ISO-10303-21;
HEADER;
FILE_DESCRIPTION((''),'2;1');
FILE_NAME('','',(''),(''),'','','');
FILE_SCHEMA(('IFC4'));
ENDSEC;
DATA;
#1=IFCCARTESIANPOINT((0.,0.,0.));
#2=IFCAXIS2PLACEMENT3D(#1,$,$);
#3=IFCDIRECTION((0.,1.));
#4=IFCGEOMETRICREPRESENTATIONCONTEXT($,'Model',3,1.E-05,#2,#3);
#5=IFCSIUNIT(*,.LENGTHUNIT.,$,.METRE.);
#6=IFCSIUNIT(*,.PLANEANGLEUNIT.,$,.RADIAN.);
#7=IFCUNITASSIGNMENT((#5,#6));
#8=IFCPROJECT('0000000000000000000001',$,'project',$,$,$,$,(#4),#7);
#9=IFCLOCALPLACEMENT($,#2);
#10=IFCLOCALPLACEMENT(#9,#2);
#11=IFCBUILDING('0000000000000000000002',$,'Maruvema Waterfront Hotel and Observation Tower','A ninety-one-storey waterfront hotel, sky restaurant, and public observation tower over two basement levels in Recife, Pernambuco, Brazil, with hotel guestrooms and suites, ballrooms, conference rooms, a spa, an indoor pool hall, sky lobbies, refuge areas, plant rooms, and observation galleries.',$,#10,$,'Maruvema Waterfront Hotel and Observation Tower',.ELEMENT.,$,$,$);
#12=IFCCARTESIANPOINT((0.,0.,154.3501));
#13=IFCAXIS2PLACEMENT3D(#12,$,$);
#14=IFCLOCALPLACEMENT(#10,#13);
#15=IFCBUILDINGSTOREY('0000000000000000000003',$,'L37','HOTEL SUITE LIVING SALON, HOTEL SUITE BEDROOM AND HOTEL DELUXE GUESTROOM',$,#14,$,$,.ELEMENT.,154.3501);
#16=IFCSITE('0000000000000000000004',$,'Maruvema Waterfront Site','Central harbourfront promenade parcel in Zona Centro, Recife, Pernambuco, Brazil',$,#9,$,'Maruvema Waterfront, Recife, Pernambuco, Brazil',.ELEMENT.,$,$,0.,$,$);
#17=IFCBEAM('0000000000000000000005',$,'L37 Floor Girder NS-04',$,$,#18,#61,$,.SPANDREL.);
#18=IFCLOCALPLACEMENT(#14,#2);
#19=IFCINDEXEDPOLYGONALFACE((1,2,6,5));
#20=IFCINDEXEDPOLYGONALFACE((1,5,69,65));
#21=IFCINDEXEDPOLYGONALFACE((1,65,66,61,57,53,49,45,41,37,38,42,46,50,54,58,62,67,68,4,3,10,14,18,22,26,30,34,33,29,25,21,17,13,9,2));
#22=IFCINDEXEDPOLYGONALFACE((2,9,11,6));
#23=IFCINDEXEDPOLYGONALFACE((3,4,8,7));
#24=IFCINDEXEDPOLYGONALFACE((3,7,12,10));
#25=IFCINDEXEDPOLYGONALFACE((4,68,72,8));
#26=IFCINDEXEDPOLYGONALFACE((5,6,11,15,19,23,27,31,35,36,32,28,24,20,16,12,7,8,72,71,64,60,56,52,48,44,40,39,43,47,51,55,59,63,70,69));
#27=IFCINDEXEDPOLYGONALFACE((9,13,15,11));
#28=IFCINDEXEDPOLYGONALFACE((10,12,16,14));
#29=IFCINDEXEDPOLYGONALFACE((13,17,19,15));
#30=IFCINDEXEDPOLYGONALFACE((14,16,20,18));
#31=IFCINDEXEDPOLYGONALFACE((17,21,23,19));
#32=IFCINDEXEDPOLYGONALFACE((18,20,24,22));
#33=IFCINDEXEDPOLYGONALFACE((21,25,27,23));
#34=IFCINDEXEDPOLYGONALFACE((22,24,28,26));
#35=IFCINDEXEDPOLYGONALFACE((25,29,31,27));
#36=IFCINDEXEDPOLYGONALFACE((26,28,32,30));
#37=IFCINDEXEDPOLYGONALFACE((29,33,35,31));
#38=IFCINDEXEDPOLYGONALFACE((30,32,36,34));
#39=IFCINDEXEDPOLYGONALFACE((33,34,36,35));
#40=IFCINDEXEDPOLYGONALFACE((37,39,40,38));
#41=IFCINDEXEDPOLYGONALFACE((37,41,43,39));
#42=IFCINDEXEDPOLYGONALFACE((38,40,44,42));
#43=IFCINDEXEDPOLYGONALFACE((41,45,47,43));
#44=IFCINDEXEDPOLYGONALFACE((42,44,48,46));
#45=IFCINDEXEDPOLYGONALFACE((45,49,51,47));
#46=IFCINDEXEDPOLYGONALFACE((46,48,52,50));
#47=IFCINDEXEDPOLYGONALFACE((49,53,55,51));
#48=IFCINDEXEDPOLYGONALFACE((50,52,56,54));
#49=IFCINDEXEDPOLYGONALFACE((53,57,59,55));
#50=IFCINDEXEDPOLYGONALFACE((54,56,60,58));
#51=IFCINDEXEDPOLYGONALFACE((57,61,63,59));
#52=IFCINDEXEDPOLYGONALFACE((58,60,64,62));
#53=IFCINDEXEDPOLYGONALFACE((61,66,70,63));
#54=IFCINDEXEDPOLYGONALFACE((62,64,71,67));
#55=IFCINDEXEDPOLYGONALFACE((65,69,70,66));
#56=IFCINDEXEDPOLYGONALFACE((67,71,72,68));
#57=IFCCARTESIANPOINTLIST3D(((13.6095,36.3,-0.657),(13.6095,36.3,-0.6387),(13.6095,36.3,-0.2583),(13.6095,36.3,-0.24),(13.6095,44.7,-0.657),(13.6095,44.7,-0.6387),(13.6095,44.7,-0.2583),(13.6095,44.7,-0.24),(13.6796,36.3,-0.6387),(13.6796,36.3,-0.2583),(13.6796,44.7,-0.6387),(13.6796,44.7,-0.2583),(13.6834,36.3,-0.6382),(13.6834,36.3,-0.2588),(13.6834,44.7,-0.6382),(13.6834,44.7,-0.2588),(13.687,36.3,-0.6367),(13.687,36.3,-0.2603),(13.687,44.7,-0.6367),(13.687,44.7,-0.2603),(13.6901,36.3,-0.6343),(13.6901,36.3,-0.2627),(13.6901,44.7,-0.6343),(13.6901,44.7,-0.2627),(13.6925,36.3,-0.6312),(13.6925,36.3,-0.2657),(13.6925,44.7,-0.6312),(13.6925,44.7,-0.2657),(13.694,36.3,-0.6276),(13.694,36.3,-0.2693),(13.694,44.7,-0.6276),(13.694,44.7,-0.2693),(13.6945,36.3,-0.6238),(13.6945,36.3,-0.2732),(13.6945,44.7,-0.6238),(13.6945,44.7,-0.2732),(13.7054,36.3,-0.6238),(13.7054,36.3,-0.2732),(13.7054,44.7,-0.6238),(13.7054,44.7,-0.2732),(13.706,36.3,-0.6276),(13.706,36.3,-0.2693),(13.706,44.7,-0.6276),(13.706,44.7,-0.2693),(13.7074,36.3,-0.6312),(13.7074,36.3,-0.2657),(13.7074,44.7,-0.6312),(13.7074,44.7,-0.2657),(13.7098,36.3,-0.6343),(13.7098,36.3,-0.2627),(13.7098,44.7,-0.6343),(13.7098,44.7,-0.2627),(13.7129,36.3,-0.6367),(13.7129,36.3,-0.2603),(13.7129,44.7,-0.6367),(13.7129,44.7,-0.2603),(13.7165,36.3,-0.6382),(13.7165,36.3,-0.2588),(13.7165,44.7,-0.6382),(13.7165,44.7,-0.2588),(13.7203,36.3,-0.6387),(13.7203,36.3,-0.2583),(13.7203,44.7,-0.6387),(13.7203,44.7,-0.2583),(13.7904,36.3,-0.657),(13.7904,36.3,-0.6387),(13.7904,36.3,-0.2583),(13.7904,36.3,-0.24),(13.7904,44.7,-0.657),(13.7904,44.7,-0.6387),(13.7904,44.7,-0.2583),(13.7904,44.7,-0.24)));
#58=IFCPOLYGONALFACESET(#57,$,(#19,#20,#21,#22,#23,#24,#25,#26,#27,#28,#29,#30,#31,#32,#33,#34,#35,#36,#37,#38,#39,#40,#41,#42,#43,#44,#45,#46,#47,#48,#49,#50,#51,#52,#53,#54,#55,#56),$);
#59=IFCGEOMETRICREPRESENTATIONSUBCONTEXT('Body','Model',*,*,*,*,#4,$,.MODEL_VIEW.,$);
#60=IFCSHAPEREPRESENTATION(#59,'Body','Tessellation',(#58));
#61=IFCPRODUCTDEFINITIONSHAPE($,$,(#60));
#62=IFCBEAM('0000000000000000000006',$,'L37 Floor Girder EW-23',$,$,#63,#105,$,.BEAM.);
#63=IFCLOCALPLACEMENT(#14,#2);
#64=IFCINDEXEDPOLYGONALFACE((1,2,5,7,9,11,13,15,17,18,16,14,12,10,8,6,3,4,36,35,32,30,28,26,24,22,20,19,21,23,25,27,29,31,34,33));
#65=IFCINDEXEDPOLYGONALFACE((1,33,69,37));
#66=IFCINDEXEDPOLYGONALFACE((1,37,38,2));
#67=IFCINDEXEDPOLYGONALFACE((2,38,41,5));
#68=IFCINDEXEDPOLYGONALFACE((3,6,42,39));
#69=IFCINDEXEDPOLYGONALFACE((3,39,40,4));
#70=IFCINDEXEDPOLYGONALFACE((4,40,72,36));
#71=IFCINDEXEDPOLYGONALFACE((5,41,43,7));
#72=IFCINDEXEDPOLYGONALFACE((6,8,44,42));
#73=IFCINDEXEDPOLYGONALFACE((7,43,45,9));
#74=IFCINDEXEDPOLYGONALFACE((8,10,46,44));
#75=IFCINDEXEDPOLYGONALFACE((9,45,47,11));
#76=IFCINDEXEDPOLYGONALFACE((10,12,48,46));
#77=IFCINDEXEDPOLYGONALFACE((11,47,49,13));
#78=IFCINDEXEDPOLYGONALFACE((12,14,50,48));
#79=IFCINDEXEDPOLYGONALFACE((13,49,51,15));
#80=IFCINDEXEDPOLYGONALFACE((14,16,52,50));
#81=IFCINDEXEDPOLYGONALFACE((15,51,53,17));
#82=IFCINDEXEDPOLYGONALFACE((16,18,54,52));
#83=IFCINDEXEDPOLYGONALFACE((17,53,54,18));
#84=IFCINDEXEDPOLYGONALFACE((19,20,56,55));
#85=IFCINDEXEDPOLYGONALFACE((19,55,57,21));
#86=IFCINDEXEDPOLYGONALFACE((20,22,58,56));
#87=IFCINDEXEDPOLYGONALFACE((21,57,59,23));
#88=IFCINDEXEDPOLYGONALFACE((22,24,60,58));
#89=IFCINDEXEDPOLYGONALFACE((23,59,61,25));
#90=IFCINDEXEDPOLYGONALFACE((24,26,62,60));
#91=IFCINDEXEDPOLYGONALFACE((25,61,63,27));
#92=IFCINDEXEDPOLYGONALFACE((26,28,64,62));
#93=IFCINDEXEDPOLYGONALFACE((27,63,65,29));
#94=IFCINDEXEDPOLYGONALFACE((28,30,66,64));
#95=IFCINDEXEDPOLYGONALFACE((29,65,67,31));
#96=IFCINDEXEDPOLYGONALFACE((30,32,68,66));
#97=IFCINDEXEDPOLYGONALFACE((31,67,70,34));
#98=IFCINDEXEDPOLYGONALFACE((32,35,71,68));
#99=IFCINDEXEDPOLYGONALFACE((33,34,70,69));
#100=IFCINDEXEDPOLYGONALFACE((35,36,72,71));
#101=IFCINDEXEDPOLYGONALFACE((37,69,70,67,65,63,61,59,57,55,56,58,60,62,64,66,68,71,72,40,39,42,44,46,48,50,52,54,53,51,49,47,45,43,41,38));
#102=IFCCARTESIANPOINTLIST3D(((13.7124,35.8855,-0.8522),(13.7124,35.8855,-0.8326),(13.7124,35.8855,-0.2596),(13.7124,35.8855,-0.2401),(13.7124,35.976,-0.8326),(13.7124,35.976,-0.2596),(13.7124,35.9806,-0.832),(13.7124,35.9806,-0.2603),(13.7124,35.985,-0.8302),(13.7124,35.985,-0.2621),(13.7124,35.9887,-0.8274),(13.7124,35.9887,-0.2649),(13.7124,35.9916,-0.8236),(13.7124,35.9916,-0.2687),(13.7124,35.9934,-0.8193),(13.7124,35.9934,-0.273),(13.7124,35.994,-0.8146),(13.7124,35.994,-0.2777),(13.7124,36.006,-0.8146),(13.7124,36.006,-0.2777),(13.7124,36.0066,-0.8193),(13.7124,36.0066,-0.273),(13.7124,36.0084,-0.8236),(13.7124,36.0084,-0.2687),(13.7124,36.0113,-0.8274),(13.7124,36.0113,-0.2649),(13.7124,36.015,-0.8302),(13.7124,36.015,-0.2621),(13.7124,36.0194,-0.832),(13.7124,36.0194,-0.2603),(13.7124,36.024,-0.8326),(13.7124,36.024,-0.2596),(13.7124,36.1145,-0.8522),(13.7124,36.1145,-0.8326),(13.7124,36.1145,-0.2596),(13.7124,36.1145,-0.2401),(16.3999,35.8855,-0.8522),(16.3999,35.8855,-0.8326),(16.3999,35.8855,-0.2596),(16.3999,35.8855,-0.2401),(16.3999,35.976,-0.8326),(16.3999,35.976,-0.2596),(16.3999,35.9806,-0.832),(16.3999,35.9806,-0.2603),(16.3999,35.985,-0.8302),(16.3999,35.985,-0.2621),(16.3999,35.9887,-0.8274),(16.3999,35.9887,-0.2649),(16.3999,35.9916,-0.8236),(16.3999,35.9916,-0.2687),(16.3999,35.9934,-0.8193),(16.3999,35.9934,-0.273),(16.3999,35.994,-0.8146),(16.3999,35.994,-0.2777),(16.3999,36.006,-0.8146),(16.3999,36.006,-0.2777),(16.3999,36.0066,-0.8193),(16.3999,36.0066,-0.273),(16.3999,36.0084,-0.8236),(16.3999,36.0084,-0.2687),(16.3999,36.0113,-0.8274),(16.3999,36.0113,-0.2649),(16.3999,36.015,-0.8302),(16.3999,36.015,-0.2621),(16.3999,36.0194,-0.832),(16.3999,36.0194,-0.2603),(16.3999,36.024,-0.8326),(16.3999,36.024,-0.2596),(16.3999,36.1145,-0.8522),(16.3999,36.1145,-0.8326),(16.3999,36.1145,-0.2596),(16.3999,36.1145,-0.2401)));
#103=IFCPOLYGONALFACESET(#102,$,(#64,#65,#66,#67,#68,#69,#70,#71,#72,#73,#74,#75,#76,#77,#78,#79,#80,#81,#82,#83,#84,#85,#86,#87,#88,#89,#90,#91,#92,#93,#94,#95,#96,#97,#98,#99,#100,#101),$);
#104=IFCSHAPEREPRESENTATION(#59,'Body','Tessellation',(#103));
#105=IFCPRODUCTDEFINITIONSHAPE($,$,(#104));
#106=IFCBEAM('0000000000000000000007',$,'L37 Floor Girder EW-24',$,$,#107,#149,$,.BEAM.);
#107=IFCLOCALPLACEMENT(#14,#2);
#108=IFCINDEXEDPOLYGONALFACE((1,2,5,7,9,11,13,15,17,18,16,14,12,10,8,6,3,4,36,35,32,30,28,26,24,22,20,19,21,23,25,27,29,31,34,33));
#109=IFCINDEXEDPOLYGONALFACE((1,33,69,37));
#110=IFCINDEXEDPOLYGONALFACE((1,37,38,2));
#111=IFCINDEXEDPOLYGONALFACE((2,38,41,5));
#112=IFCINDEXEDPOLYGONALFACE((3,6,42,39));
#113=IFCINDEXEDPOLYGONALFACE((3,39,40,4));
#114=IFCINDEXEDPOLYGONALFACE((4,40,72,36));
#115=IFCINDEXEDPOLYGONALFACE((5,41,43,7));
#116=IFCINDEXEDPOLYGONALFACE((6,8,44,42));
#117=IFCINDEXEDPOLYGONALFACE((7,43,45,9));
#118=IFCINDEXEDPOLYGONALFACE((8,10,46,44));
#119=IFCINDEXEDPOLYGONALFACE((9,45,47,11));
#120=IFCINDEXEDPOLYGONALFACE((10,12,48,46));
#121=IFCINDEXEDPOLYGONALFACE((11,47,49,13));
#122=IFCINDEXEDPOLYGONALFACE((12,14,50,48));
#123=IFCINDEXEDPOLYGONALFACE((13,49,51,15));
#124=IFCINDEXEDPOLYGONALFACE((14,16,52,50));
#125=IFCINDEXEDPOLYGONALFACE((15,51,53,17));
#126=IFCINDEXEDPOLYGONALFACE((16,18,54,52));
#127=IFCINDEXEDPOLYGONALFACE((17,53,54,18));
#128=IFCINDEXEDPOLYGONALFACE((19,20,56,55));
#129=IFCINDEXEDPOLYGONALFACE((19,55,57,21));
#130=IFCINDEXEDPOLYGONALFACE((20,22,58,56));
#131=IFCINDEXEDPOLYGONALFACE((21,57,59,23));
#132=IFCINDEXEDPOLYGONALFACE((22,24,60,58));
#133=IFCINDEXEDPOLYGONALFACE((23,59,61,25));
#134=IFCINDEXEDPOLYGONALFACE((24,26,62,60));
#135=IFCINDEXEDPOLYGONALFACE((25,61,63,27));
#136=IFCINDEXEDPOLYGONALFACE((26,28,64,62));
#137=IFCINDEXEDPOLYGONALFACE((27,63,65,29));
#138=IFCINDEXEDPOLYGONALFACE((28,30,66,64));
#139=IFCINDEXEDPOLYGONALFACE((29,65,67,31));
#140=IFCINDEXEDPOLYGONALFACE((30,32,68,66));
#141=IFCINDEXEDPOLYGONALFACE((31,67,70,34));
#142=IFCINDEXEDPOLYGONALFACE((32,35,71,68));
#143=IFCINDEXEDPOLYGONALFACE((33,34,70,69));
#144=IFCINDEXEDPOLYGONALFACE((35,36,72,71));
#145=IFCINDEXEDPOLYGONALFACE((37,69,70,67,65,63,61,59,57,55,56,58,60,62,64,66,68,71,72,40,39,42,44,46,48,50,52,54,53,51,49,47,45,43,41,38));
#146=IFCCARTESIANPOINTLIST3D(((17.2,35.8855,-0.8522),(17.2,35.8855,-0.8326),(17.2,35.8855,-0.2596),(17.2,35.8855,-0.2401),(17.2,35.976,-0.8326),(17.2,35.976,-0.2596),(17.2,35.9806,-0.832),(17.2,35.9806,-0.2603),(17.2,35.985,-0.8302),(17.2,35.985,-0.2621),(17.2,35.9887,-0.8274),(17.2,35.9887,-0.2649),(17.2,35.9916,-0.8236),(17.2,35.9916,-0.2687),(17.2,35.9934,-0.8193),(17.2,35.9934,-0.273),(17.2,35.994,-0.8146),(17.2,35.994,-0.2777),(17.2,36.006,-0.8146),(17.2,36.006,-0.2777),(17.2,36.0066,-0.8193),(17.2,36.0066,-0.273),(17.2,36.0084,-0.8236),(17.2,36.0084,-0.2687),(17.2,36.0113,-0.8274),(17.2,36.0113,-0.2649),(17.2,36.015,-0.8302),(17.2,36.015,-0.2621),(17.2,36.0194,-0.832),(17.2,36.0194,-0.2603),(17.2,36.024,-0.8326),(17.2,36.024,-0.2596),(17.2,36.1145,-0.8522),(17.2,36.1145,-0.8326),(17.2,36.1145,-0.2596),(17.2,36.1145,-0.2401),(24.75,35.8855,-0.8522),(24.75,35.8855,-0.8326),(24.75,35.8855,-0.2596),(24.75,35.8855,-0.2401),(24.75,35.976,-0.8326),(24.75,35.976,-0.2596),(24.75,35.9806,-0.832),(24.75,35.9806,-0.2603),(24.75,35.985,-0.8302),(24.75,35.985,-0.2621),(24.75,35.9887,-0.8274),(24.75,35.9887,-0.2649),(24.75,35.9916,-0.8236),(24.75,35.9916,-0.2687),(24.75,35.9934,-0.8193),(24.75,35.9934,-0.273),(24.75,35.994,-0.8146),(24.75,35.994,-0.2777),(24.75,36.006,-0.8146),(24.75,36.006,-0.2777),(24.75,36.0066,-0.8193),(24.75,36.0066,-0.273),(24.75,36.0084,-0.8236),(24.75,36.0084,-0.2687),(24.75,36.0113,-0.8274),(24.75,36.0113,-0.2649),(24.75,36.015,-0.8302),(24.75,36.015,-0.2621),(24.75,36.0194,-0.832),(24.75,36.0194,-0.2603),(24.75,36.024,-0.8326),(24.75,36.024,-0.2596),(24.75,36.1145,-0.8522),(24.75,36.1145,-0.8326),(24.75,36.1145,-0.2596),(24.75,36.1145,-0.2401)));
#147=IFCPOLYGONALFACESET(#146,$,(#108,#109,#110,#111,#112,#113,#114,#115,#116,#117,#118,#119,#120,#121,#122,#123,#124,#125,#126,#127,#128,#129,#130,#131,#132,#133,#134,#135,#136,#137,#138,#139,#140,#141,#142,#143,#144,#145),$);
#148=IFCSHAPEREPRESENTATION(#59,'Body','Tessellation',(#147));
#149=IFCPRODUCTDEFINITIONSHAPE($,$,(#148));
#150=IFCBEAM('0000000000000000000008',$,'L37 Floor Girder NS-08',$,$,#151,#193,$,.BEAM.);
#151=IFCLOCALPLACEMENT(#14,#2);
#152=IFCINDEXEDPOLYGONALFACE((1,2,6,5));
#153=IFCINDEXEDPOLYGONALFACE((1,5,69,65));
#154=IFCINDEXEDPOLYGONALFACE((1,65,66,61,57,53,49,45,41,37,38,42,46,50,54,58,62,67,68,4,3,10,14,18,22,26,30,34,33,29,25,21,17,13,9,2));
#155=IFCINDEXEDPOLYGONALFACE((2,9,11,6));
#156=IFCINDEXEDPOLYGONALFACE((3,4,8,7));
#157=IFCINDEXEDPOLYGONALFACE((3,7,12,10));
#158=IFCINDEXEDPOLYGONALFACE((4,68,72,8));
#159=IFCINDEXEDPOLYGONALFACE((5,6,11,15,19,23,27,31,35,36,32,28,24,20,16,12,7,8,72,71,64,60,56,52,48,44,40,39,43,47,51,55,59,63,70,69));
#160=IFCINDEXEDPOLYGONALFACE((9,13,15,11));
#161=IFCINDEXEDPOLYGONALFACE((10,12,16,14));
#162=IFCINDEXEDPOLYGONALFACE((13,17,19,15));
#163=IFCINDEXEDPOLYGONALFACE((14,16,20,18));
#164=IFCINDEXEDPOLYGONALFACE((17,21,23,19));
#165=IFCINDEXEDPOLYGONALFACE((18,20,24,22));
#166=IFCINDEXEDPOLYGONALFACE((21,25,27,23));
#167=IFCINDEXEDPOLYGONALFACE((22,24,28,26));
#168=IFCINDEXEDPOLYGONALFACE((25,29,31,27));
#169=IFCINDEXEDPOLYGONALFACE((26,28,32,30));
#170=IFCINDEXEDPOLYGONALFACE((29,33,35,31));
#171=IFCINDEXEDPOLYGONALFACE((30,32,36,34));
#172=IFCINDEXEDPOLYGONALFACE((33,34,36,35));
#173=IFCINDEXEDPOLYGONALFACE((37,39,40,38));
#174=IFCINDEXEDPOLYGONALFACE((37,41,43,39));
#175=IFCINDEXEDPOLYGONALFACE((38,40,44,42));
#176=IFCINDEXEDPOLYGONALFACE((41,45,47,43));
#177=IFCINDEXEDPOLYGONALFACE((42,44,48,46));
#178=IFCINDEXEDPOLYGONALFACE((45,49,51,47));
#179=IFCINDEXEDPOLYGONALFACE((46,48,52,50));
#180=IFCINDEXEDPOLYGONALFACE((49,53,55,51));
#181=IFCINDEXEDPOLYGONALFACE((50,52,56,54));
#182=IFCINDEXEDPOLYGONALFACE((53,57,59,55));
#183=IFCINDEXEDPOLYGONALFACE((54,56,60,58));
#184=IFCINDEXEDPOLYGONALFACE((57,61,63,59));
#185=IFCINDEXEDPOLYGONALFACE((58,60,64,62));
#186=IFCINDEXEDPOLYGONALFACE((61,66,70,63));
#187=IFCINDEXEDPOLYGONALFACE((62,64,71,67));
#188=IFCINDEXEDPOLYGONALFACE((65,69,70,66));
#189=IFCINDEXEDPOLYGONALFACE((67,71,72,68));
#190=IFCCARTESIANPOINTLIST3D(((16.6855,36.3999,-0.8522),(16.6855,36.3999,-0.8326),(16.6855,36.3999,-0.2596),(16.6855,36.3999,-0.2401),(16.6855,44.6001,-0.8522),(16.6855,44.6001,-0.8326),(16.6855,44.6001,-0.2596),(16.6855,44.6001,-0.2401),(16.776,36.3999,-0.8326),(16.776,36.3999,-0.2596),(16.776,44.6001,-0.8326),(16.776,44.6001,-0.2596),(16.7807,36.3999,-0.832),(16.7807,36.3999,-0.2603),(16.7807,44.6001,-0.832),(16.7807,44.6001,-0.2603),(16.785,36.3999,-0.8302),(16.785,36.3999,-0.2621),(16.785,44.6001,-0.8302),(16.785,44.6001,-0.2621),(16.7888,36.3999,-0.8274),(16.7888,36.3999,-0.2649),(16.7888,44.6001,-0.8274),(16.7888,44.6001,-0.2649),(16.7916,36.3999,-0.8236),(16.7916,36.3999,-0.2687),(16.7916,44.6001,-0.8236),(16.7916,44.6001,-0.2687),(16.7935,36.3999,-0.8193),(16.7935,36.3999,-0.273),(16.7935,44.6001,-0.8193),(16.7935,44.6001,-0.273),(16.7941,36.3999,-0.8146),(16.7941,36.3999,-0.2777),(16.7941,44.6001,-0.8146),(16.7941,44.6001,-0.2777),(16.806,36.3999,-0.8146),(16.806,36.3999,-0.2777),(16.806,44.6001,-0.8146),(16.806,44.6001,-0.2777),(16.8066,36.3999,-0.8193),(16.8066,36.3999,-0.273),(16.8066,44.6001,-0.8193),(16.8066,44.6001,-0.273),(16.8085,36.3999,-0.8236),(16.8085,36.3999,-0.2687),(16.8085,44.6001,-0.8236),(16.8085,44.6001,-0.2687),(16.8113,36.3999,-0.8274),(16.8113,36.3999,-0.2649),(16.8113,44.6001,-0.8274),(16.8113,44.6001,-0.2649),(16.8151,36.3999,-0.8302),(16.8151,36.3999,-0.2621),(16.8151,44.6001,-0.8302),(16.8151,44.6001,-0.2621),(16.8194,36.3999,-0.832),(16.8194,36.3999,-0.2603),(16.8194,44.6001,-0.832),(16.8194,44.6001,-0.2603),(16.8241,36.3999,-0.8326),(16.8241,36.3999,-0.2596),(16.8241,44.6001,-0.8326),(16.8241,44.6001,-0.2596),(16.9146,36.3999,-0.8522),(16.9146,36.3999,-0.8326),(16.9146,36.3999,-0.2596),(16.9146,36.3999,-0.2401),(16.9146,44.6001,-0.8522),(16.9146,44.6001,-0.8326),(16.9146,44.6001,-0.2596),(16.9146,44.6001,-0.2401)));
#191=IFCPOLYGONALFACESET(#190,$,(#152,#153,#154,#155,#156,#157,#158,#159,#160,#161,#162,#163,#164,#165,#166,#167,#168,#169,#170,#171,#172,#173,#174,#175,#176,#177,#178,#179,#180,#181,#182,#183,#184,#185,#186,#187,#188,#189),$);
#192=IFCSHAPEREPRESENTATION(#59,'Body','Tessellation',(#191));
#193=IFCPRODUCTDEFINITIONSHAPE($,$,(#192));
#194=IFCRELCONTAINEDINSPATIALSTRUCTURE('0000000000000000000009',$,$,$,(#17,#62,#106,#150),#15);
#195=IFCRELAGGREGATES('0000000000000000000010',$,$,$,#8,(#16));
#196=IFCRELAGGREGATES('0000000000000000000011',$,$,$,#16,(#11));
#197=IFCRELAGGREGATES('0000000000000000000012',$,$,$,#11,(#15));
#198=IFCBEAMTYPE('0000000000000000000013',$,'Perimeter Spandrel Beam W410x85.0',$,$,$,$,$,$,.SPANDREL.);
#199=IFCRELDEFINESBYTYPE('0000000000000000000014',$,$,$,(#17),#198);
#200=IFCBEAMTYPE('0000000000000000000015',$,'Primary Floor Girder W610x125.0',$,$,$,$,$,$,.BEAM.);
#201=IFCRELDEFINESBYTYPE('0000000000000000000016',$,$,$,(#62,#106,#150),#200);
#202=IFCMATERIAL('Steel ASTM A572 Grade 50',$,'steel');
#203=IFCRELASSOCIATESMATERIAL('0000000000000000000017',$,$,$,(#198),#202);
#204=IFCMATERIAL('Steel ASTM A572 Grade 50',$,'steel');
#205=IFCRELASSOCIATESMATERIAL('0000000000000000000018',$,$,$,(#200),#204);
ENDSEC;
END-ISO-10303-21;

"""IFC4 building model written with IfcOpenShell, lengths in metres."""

from ifc_helpers import new_model, si_unit, direction, frame, origin, origin_2d, place, context, subcontext, project, spatial, i_section, extrude, material, material_profile, profile_set, type_object, element, save


model = new_model("IFC4")

# Units and contexts
model_context = context("Model", 3, precision=1e-05, world=origin(), true_north=direction((0.0, 1.0)))
body_context = subcontext(model_context, "Body", "Model", "MODEL_VIEW")
ifc_project = project(units=[si_unit("LENGTHUNIT", "METRE"), si_unit("PLANEANGLEUNIT", "RADIAN")], contexts=[model_context])

# Site, building, storey
site_placement = place(None, origin())
site = spatial("IfcSite", under=ifc_project, at=site_placement, Name="Maruvema Waterfront Site", Description="Central harbourfront promenade parcel in Zona Centro, Recife, Pernambuco, Brazil", LongName="Maruvema Waterfront, Recife, Pernambuco, Brazil", CompositionType="ELEMENT", RefElevation=0.0)
building_placement = place(site_placement, origin())
building = spatial("IfcBuilding", under=site, at=building_placement, Name="Maruvema Waterfront Hotel and Observation Tower", Description="A ninety-one-storey waterfront hotel, sky restaurant, and public observation tower over two basement levels in Recife, Pernambuco, Brazil, with hotel guestrooms and suites, ballrooms, conference rooms, a spa, an indoor pool hall, sky lobbies, refuge areas, plant rooms, and observation galleries.", LongName="Maruvema Waterfront Hotel and Observation Tower", CompositionType="ELEMENT")
storey_placement = place(building_placement, frame((0.0, 0.0, 154.3501)))
storey = spatial("IfcBuildingStorey", under=building, at=storey_placement, Name="L37", Description="HOTEL SUITE LIVING SALON, HOTEL SUITE BEDROOM AND HOTEL DELUXE GUESTROOM", CompositionType="ELEMENT", Elevation=154.3501)

# Beams
ifc_material_1 = material(Name="Steel ASTM A572 Grade 50", Category="steel")
ifc_material_profile_1 = material_profile(ifc_material_1, i_section(OverallWidth=0.1809, OverallDepth=0.417, WebThickness=0.011, FlangeThickness=0.0183, FilletRadius=0.0149, at=origin_2d()), Name="W410x85.0")
ifc_profile_set_1 = profile_set([ifc_material_profile_1], Name="Steel ASTM A572 Grade 50")
beam_type_1 = type_object("IfcBeamType", Name="Perimeter Spandrel Beam W410x85.0", PredefinedType="SPANDREL", material=ifc_profile_set_1)
beam_1_placement = place(storey_placement, frame((13.7, 36.3, -0.4485), z_axis=(0.0, 1.0, 0.0), x_axis=(-1.0, 0.0, 0.0)))
element("IfcBeam", 1, at=beam_1_placement, inside=storey, type_object=beam_type_1, Name="L37 Floor Girder NS-04", PredefinedType="SPANDREL", context=body_context, shape_type="SweptSolid", body=[
    extrude(i_section(OverallWidth=0.1809, OverallDepth=0.417, WebThickness=0.011, FlangeThickness=0.0183, FilletRadius=0.0149, at=origin_2d()), origin(), (0.0, 0.0, 1.0), 8.3999),
])
ifc_material_2 = material(Name="Steel ASTM A572 Grade 50", Category="steel")
ifc_material_profile_2 = material_profile(ifc_material_2, i_section(OverallWidth=0.229, OverallDepth=0.6121, WebThickness=0.012, FlangeThickness=0.0195, FilletRadius=0.0181, at=origin_2d()), Name="W610x125.0")
ifc_profile_set_2 = profile_set([ifc_material_profile_2], Name="Steel ASTM A572 Grade 50")
beam_type_2 = type_object("IfcBeamType", Name="Primary Floor Girder W610x125.0", PredefinedType="BEAM", material=ifc_profile_set_2)
beam_2_placement = place(storey_placement, frame((13.7124, 36.0, -0.5461), z_axis=(1.0, 0.0, 0.0), x_axis=(0.0, 1.0, 0.0)))
element("IfcBeam", 2, at=beam_2_placement, inside=storey, type_object=beam_type_2, Name="L37 Floor Girder EW-23", PredefinedType="BEAM", context=body_context, shape_type="SweptSolid", body=[
    extrude(i_section(OverallWidth=0.229, OverallDepth=0.6121, WebThickness=0.012, FlangeThickness=0.0195, FilletRadius=0.0181, at=origin_2d()), origin(), (0.0, 0.0, 1.0), 2.6875),
])
beam_3_placement = place(storey_placement, frame((17.2, 36.0, -0.5461), z_axis=(1.0, 0.0, 0.0), x_axis=(0.0, 1.0, 0.0)))
element("IfcBeam", 3, at=beam_3_placement, inside=storey, type_object=beam_type_2, Name="L37 Floor Girder EW-24", PredefinedType="BEAM", context=body_context, shape_type="SweptSolid", body=[
    extrude(i_section(OverallWidth=0.229, OverallDepth=0.6121, WebThickness=0.012, FlangeThickness=0.0195, FilletRadius=0.0181, at=origin_2d()), origin(), (0.0, 0.0, 1.0), 7.55),
])
beam_4_placement = place(storey_placement, frame((16.8, 36.3999, -0.5461), z_axis=(0.0, 1.0, 0.0), x_axis=(-1.0, 0.0, 0.0)))
element("IfcBeam", 4, at=beam_4_placement, inside=storey, type_object=beam_type_2, Name="L37 Floor Girder NS-08", PredefinedType="BEAM", context=body_context, shape_type="SweptSolid", body=[
    extrude(i_section(OverallWidth=0.229, OverallDepth=0.6121, WebThickness=0.012, FlangeThickness=0.0195, FilletRadius=0.0181, at=origin_2d()), origin(), (0.0, 0.0, 1.0), 8.2002),
])

save(model, "model.ifc")
